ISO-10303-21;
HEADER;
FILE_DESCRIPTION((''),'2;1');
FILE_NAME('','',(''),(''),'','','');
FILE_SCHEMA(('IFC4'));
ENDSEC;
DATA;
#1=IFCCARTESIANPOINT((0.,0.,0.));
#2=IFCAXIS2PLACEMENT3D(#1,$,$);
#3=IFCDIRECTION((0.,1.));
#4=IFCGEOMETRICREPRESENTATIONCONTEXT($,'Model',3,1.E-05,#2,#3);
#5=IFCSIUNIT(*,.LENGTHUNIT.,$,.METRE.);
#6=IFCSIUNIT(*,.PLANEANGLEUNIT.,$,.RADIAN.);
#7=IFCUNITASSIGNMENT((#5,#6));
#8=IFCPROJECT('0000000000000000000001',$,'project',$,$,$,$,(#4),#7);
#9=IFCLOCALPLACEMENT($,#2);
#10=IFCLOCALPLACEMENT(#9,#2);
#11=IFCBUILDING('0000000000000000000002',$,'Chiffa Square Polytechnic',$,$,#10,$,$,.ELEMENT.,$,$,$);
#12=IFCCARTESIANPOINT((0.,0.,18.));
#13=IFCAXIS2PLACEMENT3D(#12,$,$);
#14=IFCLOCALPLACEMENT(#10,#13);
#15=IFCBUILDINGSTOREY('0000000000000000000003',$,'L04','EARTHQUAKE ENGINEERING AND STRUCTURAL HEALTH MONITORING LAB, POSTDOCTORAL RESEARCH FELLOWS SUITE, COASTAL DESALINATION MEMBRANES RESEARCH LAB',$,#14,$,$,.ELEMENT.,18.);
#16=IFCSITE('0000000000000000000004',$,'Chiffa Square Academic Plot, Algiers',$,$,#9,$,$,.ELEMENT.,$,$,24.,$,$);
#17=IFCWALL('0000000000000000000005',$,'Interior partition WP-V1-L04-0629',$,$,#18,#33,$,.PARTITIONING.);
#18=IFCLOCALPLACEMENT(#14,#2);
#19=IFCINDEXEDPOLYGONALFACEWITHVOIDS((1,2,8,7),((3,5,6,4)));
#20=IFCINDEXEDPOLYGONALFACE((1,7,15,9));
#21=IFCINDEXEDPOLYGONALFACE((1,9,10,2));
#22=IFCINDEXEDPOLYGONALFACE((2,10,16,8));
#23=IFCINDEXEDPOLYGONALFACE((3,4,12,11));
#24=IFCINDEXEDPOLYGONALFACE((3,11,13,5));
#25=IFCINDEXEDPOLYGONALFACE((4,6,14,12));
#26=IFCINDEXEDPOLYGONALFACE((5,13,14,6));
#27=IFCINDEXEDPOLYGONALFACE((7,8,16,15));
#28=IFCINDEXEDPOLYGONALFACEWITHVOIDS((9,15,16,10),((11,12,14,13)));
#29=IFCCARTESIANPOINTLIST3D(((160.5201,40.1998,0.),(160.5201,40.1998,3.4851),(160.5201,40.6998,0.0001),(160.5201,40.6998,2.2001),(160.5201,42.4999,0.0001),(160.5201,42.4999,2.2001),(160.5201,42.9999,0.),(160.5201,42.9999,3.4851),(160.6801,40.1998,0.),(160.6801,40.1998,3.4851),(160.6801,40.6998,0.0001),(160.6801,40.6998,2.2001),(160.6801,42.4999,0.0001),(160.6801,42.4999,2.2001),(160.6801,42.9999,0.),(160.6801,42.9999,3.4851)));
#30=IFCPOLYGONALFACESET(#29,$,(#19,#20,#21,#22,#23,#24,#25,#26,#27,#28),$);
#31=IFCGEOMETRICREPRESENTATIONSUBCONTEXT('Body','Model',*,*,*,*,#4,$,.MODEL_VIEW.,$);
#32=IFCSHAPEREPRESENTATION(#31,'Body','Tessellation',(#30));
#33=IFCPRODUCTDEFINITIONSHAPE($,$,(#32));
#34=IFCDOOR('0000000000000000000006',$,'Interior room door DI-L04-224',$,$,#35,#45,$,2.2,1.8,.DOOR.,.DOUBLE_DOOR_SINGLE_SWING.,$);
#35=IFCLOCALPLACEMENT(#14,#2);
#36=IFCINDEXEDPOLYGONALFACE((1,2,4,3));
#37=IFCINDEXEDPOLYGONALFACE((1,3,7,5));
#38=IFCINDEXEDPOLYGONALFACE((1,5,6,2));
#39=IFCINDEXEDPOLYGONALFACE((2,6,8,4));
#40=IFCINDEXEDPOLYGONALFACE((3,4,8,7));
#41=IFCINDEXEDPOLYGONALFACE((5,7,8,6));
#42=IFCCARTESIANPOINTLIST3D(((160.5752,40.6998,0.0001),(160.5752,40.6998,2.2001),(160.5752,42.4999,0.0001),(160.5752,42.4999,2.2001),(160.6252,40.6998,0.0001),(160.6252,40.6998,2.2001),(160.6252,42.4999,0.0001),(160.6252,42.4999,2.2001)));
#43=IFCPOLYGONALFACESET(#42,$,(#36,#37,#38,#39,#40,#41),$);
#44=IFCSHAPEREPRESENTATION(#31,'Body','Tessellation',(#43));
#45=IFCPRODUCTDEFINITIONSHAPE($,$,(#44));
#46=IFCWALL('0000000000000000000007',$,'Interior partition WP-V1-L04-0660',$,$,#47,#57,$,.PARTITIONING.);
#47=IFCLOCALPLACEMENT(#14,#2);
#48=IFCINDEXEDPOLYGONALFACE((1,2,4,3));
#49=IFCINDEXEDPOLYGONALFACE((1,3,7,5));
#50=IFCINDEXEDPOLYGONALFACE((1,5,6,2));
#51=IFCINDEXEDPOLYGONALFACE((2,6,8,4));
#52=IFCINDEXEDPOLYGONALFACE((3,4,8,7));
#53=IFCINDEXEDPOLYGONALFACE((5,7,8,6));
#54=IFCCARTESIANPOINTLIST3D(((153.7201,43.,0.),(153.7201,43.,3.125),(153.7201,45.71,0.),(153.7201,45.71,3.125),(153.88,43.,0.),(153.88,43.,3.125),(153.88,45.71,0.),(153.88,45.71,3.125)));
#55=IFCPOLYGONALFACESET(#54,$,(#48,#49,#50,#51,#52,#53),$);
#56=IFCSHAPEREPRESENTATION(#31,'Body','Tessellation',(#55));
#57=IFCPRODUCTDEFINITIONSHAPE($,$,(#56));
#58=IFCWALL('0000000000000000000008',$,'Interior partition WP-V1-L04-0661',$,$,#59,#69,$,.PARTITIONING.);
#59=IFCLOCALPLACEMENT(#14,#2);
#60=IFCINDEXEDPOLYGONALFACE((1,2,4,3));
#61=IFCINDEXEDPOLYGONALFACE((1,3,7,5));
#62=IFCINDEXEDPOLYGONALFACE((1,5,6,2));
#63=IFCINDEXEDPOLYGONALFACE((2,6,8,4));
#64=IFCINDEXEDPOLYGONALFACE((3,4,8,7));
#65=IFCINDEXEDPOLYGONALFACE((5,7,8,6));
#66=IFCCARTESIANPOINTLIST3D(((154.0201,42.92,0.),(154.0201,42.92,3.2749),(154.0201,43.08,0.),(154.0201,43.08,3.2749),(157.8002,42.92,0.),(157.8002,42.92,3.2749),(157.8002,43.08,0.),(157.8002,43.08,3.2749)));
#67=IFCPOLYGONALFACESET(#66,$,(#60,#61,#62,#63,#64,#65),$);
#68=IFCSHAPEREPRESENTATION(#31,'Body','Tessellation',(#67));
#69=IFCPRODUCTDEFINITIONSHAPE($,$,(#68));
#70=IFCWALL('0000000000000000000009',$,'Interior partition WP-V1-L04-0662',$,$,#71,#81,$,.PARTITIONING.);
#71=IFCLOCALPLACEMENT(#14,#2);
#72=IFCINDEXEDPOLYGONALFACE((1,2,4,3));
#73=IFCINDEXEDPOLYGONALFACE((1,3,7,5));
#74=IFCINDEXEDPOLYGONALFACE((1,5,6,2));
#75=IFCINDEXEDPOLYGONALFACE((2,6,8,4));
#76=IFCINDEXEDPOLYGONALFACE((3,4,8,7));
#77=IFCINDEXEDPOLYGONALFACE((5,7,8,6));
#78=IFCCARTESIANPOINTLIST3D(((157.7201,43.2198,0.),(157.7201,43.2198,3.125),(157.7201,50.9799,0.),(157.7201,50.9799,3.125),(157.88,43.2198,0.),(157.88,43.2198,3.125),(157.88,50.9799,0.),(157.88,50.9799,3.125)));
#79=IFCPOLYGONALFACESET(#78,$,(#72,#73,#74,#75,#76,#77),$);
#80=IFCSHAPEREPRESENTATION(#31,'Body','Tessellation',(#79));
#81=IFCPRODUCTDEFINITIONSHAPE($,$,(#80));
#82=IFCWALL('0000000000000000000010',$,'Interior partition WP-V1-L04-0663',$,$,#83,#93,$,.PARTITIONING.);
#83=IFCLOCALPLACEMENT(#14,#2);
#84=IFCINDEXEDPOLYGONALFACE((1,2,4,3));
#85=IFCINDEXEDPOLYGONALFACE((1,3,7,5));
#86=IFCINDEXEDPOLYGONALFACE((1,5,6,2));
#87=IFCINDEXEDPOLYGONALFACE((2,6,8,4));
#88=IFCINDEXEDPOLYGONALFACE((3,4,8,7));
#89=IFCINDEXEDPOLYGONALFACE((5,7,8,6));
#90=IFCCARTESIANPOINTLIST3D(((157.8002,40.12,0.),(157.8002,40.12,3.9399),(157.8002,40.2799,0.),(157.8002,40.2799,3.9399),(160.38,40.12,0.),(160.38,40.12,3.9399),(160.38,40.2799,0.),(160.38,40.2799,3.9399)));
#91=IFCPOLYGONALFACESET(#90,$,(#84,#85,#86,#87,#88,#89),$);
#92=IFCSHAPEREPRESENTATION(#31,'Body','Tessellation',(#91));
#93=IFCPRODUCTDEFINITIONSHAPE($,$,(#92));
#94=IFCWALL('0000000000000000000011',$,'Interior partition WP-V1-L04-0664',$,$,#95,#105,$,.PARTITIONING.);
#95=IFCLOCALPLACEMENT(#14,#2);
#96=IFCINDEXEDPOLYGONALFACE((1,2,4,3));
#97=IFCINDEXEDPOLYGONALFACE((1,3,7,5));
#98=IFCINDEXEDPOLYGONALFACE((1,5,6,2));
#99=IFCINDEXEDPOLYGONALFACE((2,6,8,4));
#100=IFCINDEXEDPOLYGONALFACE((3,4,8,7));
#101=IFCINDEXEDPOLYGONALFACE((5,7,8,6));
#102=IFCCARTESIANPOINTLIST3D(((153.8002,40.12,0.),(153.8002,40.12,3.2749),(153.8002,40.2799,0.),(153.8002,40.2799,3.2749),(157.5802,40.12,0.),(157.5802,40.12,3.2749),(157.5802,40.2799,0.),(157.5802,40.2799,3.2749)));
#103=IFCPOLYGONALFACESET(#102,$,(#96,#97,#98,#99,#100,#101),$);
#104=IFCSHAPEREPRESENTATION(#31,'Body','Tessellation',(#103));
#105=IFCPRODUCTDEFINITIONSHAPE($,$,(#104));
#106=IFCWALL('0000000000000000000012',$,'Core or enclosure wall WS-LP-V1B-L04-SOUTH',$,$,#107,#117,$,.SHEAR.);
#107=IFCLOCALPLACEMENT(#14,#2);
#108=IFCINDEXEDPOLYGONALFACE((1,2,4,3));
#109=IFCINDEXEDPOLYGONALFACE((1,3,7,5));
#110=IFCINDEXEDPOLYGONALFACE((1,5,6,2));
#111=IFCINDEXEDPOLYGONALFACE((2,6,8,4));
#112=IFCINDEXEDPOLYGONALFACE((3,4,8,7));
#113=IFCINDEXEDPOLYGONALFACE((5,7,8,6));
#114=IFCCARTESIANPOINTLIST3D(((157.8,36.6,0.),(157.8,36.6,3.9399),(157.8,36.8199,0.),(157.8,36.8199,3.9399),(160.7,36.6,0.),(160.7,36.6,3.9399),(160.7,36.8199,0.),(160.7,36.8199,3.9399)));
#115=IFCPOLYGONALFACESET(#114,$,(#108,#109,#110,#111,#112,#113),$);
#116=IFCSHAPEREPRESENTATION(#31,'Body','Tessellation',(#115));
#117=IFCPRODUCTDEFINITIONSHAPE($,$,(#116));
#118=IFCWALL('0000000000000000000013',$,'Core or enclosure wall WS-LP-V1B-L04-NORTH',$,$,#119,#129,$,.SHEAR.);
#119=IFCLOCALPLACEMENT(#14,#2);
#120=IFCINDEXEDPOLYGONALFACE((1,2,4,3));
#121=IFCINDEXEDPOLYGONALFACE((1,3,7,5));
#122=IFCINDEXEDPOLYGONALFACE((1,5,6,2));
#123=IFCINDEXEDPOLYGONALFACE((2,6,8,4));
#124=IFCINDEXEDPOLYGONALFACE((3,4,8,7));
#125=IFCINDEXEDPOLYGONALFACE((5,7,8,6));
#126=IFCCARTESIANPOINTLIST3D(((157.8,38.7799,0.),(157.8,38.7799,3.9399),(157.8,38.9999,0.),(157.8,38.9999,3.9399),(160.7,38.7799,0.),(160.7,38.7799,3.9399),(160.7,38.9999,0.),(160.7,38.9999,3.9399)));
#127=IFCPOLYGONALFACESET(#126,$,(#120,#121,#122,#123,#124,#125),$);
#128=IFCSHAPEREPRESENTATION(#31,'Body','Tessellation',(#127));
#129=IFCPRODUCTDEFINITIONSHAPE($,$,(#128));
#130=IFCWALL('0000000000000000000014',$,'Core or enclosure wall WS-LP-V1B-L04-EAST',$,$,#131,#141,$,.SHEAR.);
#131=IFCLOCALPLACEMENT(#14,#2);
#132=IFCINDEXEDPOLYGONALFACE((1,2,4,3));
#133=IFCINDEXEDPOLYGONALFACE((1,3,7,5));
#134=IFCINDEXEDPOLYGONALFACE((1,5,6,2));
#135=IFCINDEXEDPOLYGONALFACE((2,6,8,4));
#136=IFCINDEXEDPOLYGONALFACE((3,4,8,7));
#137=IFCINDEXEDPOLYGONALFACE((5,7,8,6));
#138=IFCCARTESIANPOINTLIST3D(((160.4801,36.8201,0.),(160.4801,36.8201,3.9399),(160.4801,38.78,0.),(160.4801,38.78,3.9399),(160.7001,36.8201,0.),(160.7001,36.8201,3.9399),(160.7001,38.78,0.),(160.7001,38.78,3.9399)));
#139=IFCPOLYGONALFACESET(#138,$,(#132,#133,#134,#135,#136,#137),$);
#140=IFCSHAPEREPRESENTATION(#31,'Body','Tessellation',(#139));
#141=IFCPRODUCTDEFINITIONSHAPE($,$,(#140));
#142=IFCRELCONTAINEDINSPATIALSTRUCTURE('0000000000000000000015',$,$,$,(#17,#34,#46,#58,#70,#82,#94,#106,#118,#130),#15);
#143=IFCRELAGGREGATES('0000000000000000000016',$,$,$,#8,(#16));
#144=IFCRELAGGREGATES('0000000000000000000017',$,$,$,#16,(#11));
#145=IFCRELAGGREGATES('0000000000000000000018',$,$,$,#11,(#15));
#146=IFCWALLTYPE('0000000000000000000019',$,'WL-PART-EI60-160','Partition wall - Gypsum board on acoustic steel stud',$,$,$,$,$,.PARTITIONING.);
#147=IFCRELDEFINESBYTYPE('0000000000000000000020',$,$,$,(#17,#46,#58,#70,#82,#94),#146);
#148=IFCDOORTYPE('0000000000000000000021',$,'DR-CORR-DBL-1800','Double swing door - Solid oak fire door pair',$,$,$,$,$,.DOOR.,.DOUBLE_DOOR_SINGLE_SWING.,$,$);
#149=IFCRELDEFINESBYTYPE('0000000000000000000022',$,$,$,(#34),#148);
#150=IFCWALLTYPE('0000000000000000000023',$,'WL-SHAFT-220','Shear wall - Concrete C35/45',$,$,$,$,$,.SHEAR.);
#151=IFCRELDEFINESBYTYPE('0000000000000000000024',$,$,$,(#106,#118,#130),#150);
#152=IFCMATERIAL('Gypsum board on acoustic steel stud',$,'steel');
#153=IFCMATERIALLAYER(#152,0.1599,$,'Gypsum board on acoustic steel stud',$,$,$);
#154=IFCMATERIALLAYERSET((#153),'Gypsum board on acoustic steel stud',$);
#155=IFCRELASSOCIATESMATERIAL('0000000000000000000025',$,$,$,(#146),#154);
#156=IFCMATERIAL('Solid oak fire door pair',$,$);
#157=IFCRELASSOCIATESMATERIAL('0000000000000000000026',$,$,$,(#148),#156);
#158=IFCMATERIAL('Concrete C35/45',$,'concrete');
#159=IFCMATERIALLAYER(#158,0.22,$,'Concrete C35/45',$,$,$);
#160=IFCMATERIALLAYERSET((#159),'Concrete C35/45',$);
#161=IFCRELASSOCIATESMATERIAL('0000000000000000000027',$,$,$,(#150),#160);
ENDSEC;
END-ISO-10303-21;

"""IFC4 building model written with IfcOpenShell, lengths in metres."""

from ifc_helpers import new_model, si_unit, direction, frame, frame_2d, origin, place, context, subcontext, project, spatial, rectangle, extrude, material, layer, layer_set, type_object, element, fill, save


model = new_model("IFC4")

# Units and contexts
model_context = context("Model", 3, precision=1e-05, world=origin(), true_north=direction((0.0, 1.0)))
body_context = subcontext(model_context, "Body", "Model", "MODEL_VIEW")
ifc_project = project(units=[si_unit("LENGTHUNIT", "METRE"), si_unit("PLANEANGLEUNIT", "RADIAN")], contexts=[model_context])

# Site, building, storey
site_placement = place(None, origin())
site = spatial("IfcSite", under=ifc_project, at=site_placement, Name="Chiffa Square Academic Plot, Algiers", CompositionType="ELEMENT", RefElevation=24.0)
building_placement = place(site_placement, origin())
building = spatial("IfcBuilding", under=site, at=building_placement, Name="Chiffa Square Polytechnic", CompositionType="ELEMENT")
storey_placement = place(building_placement, frame((0.0, 0.0, 18.0)))
storey = spatial("IfcBuildingStorey", under=building, at=storey_placement, Name="L04", Description="EARTHQUAKE ENGINEERING AND STRUCTURAL HEALTH MONITORING LAB, POSTDOCTORAL RESEARCH FELLOWS SUITE, COASTAL DESALINATION MEMBRANES RESEARCH LAB", CompositionType="ELEMENT", Elevation=18.0)

# Shared definitions
ifc_material_1 = material(Name="Concrete C35/45", Category="concrete")

# Shared definitions
ifc_material_2 = material(Name="Gypsum board on acoustic steel stud", Category="steel")
ifc_layer_1 = layer(ifc_material_2, 0.1599, Name="Gypsum board on acoustic steel stud")
ifc_layer_set_1 = layer_set([ifc_layer_1], Name="Gypsum board on acoustic steel stud")
wall_type_1 = type_object("IfcWallType", Name="WL-PART-EI60-160", Description="Partition wall - Gypsum board on acoustic steel stud", PredefinedType="PARTITIONING", material=ifc_layer_set_1)

# Wall, opening, door
wall_1_placement = place(storey_placement, frame((160.6001, 40.2, 0.0), z_axis=(0.0, 0.0, 1.0), x_axis=(0.0, 1.0, 0.0)))
wall_1 = element("IfcWall", 1, at=wall_1_placement, inside=storey, type_object=wall_type_1, Name="Interior partition WP-V1-L04-0629", PredefinedType="PARTITIONING", context=body_context, shape_type="SweptSolid", body=[
    extrude(rectangle(XDim=2.8, YDim=0.1599, at=frame_2d((1.3999, 0.0))), origin(), (0.0, 0.0, 1.0), 3.4851),
])
opening_1_placement = place(wall_1_placement, frame((0.5, 0.0, 0.0)))
opening_1 = element("IfcOpeningElement", 2, at=opening_1_placement, cuts=wall_1, PredefinedType="OPENING", context=body_context, shape_type="SweptSolid", body=[
    extrude(rectangle(XDim=1.8, YDim=2.2, at=frame_2d((0.8999, 1.1001))), frame((0.0, 0.0898, 0.0), z_axis=(0.0, -1.0, 0.0), x_axis=(1.0, 0.0, 0.0)), (0.0, 0.0, 1.0), 0.1799),
])
ifc_material_3 = material(Name="Solid oak fire door pair")
door_type_1 = type_object("IfcDoorType", Name="DR-CORR-DBL-1800", Description="Double swing door - Solid oak fire door pair", OperationType="DOUBLE_DOOR_SINGLE_SWING", PredefinedType="DOOR", material=ifc_material_3)
door_1_placement = place(opening_1_placement, origin())
door_1 = element("IfcDoor", 3, at=door_1_placement, inside=storey, type_object=door_type_1, Name="Interior room door DI-L04-224", OperationType="DOUBLE_DOOR_SINGLE_SWING", OverallHeight=2.2, OverallWidth=1.8, PredefinedType="DOOR", context=body_context, shape_type="SweptSolid", body=[
    extrude(rectangle(XDim=1.8, YDim=2.2, at=frame_2d((0.8999, 1.1001))), frame((0.0, 0.0249, 0.0), z_axis=(0.0, -1.0, 0.0), x_axis=(1.0, 0.0, 0.0)), (0.0, 0.0, 1.0), 0.05),
])
fill(opening_1, door_1)

# Walls
wall_2_placement = place(storey_placement, frame((153.8, 43.0, 0.0), z_axis=(0.0, 0.0, 1.0), x_axis=(0.0, 1.0, 0.0)))
element("IfcWall", 4, at=wall_2_placement, inside=storey, type_object=wall_type_1, Name="Interior partition WP-V1-L04-0660", PredefinedType="PARTITIONING", context=body_context, shape_type="SweptSolid", body=[
    extrude(rectangle(XDim=2.71, YDim=0.1599, at=frame_2d((1.355, 0.0))), origin(), (0.0, 0.0, 1.0), 3.125),
])
wall_3_placement = place(storey_placement, frame((154.02, 43.0, 0.0), z_axis=(0.0, 0.0, 1.0), x_axis=(1.0, 0.0, 0.0)))
element("IfcWall", 5, at=wall_3_placement, inside=storey, type_object=wall_type_1, Name="Interior partition WP-V1-L04-0661", PredefinedType="PARTITIONING", context=body_context, shape_type="SweptSolid", body=[
    extrude(rectangle(XDim=3.78, YDim=0.1599, at=frame_2d((1.8901, 0.0))), origin(), (0.0, 0.0, 1.0), 3.2749),
])
wall_4_placement = place(storey_placement, frame((157.8, 43.22, 0.0), z_axis=(0.0, 0.0, 1.0), x_axis=(0.0, 1.0, 0.0)))
element("IfcWall", 6, at=wall_4_placement, inside=storey, type_object=wall_type_1, Name="Interior partition WP-V1-L04-0662", PredefinedType="PARTITIONING", context=body_context, shape_type="SweptSolid", body=[
    extrude(rectangle(XDim=7.76, YDim=0.1599, at=frame_2d((3.8799, 0.0))), origin(), (0.0, 0.0, 1.0), 3.125),
])
wall_5_placement = place(storey_placement, frame((157.8, 40.2, 0.0), z_axis=(0.0, 0.0, 1.0), x_axis=(1.0, 0.0, 0.0)))
element("IfcWall", 7, at=wall_5_placement, inside=storey, type_object=wall_type_1, Name="Interior partition WP-V1-L04-0663", PredefinedType="PARTITIONING", context=body_context, shape_type="SweptSolid", body=[
    extrude(rectangle(XDim=2.5798, YDim=0.1599, at=frame_2d((1.29, 0.0))), origin(), (0.0, 0.0, 1.0), 3.9399),
])
wall_6_placement = place(storey_placement, frame((153.8, 40.2, 0.0), z_axis=(0.0, 0.0, 1.0), x_axis=(1.0, 0.0, 0.0)))
element("IfcWall", 8, at=wall_6_placement, inside=storey, type_object=wall_type_1, Name="Interior partition WP-V1-L04-0664", PredefinedType="PARTITIONING", context=body_context, shape_type="SweptSolid", body=[
    extrude(rectangle(XDim=3.78, YDim=0.1599, at=frame_2d((1.8901, 0.0))), origin(), (0.0, 0.0, 1.0), 3.2749),
])
ifc_layer_2 = layer(ifc_material_1, 0.22, Name="Concrete C35/45")
ifc_layer_set_2 = layer_set([ifc_layer_2], Name="Concrete C35/45")
wall_type_2 = type_object("IfcWallType", Name="WL-SHAFT-220", Description="Shear wall - Concrete C35/45", PredefinedType="SHEAR", material=ifc_layer_set_2)
for number, where, z_axis, x_axis, name in (
    (9, (157.8, 36.71, 0.0), (0.0, 0.0, 1.0), (1.0, 0.0, 0.0), "Core or enclosure wall WS-LP-V1B-L04-SOUTH"),
    (10, (157.8, 38.8899, 0.0), (0.0, 0.0, 1.0), (1.0, 0.0, 0.0), "Core or enclosure wall WS-LP-V1B-L04-NORTH"),
):
    element("IfcWall", number, at=place(storey_placement, frame(where, z_axis=z_axis, x_axis=x_axis)), inside=storey, type_object=wall_type_2, Name=name, PredefinedType="SHEAR", context=body_context, shape_type="SweptSolid", body=[
        extrude(rectangle(XDim=2.8999, YDim=0.22, at=frame_2d((1.45, 0.0))), origin(), (0.0, 0.0, 1.0), 3.9399),
    ])

# Wall
wall_7_placement = place(storey_placement, frame((160.5901, 36.8201, 0.0), z_axis=(0.0, 0.0, 1.0), x_axis=(0.0, 1.0, 0.0)))
element("IfcWall", 11, at=wall_7_placement, inside=storey, type_object=wall_type_2, Name="Core or enclosure wall WS-LP-V1B-L04-EAST", PredefinedType="SHEAR", context=body_context, shape_type="SweptSolid", body=[
    extrude(rectangle(XDim=1.96, YDim=0.22, at=frame_2d((0.98, 0.0))), origin(), (0.0, 0.0, 1.0), 3.9399),
])

save(model, "model.ifc")
